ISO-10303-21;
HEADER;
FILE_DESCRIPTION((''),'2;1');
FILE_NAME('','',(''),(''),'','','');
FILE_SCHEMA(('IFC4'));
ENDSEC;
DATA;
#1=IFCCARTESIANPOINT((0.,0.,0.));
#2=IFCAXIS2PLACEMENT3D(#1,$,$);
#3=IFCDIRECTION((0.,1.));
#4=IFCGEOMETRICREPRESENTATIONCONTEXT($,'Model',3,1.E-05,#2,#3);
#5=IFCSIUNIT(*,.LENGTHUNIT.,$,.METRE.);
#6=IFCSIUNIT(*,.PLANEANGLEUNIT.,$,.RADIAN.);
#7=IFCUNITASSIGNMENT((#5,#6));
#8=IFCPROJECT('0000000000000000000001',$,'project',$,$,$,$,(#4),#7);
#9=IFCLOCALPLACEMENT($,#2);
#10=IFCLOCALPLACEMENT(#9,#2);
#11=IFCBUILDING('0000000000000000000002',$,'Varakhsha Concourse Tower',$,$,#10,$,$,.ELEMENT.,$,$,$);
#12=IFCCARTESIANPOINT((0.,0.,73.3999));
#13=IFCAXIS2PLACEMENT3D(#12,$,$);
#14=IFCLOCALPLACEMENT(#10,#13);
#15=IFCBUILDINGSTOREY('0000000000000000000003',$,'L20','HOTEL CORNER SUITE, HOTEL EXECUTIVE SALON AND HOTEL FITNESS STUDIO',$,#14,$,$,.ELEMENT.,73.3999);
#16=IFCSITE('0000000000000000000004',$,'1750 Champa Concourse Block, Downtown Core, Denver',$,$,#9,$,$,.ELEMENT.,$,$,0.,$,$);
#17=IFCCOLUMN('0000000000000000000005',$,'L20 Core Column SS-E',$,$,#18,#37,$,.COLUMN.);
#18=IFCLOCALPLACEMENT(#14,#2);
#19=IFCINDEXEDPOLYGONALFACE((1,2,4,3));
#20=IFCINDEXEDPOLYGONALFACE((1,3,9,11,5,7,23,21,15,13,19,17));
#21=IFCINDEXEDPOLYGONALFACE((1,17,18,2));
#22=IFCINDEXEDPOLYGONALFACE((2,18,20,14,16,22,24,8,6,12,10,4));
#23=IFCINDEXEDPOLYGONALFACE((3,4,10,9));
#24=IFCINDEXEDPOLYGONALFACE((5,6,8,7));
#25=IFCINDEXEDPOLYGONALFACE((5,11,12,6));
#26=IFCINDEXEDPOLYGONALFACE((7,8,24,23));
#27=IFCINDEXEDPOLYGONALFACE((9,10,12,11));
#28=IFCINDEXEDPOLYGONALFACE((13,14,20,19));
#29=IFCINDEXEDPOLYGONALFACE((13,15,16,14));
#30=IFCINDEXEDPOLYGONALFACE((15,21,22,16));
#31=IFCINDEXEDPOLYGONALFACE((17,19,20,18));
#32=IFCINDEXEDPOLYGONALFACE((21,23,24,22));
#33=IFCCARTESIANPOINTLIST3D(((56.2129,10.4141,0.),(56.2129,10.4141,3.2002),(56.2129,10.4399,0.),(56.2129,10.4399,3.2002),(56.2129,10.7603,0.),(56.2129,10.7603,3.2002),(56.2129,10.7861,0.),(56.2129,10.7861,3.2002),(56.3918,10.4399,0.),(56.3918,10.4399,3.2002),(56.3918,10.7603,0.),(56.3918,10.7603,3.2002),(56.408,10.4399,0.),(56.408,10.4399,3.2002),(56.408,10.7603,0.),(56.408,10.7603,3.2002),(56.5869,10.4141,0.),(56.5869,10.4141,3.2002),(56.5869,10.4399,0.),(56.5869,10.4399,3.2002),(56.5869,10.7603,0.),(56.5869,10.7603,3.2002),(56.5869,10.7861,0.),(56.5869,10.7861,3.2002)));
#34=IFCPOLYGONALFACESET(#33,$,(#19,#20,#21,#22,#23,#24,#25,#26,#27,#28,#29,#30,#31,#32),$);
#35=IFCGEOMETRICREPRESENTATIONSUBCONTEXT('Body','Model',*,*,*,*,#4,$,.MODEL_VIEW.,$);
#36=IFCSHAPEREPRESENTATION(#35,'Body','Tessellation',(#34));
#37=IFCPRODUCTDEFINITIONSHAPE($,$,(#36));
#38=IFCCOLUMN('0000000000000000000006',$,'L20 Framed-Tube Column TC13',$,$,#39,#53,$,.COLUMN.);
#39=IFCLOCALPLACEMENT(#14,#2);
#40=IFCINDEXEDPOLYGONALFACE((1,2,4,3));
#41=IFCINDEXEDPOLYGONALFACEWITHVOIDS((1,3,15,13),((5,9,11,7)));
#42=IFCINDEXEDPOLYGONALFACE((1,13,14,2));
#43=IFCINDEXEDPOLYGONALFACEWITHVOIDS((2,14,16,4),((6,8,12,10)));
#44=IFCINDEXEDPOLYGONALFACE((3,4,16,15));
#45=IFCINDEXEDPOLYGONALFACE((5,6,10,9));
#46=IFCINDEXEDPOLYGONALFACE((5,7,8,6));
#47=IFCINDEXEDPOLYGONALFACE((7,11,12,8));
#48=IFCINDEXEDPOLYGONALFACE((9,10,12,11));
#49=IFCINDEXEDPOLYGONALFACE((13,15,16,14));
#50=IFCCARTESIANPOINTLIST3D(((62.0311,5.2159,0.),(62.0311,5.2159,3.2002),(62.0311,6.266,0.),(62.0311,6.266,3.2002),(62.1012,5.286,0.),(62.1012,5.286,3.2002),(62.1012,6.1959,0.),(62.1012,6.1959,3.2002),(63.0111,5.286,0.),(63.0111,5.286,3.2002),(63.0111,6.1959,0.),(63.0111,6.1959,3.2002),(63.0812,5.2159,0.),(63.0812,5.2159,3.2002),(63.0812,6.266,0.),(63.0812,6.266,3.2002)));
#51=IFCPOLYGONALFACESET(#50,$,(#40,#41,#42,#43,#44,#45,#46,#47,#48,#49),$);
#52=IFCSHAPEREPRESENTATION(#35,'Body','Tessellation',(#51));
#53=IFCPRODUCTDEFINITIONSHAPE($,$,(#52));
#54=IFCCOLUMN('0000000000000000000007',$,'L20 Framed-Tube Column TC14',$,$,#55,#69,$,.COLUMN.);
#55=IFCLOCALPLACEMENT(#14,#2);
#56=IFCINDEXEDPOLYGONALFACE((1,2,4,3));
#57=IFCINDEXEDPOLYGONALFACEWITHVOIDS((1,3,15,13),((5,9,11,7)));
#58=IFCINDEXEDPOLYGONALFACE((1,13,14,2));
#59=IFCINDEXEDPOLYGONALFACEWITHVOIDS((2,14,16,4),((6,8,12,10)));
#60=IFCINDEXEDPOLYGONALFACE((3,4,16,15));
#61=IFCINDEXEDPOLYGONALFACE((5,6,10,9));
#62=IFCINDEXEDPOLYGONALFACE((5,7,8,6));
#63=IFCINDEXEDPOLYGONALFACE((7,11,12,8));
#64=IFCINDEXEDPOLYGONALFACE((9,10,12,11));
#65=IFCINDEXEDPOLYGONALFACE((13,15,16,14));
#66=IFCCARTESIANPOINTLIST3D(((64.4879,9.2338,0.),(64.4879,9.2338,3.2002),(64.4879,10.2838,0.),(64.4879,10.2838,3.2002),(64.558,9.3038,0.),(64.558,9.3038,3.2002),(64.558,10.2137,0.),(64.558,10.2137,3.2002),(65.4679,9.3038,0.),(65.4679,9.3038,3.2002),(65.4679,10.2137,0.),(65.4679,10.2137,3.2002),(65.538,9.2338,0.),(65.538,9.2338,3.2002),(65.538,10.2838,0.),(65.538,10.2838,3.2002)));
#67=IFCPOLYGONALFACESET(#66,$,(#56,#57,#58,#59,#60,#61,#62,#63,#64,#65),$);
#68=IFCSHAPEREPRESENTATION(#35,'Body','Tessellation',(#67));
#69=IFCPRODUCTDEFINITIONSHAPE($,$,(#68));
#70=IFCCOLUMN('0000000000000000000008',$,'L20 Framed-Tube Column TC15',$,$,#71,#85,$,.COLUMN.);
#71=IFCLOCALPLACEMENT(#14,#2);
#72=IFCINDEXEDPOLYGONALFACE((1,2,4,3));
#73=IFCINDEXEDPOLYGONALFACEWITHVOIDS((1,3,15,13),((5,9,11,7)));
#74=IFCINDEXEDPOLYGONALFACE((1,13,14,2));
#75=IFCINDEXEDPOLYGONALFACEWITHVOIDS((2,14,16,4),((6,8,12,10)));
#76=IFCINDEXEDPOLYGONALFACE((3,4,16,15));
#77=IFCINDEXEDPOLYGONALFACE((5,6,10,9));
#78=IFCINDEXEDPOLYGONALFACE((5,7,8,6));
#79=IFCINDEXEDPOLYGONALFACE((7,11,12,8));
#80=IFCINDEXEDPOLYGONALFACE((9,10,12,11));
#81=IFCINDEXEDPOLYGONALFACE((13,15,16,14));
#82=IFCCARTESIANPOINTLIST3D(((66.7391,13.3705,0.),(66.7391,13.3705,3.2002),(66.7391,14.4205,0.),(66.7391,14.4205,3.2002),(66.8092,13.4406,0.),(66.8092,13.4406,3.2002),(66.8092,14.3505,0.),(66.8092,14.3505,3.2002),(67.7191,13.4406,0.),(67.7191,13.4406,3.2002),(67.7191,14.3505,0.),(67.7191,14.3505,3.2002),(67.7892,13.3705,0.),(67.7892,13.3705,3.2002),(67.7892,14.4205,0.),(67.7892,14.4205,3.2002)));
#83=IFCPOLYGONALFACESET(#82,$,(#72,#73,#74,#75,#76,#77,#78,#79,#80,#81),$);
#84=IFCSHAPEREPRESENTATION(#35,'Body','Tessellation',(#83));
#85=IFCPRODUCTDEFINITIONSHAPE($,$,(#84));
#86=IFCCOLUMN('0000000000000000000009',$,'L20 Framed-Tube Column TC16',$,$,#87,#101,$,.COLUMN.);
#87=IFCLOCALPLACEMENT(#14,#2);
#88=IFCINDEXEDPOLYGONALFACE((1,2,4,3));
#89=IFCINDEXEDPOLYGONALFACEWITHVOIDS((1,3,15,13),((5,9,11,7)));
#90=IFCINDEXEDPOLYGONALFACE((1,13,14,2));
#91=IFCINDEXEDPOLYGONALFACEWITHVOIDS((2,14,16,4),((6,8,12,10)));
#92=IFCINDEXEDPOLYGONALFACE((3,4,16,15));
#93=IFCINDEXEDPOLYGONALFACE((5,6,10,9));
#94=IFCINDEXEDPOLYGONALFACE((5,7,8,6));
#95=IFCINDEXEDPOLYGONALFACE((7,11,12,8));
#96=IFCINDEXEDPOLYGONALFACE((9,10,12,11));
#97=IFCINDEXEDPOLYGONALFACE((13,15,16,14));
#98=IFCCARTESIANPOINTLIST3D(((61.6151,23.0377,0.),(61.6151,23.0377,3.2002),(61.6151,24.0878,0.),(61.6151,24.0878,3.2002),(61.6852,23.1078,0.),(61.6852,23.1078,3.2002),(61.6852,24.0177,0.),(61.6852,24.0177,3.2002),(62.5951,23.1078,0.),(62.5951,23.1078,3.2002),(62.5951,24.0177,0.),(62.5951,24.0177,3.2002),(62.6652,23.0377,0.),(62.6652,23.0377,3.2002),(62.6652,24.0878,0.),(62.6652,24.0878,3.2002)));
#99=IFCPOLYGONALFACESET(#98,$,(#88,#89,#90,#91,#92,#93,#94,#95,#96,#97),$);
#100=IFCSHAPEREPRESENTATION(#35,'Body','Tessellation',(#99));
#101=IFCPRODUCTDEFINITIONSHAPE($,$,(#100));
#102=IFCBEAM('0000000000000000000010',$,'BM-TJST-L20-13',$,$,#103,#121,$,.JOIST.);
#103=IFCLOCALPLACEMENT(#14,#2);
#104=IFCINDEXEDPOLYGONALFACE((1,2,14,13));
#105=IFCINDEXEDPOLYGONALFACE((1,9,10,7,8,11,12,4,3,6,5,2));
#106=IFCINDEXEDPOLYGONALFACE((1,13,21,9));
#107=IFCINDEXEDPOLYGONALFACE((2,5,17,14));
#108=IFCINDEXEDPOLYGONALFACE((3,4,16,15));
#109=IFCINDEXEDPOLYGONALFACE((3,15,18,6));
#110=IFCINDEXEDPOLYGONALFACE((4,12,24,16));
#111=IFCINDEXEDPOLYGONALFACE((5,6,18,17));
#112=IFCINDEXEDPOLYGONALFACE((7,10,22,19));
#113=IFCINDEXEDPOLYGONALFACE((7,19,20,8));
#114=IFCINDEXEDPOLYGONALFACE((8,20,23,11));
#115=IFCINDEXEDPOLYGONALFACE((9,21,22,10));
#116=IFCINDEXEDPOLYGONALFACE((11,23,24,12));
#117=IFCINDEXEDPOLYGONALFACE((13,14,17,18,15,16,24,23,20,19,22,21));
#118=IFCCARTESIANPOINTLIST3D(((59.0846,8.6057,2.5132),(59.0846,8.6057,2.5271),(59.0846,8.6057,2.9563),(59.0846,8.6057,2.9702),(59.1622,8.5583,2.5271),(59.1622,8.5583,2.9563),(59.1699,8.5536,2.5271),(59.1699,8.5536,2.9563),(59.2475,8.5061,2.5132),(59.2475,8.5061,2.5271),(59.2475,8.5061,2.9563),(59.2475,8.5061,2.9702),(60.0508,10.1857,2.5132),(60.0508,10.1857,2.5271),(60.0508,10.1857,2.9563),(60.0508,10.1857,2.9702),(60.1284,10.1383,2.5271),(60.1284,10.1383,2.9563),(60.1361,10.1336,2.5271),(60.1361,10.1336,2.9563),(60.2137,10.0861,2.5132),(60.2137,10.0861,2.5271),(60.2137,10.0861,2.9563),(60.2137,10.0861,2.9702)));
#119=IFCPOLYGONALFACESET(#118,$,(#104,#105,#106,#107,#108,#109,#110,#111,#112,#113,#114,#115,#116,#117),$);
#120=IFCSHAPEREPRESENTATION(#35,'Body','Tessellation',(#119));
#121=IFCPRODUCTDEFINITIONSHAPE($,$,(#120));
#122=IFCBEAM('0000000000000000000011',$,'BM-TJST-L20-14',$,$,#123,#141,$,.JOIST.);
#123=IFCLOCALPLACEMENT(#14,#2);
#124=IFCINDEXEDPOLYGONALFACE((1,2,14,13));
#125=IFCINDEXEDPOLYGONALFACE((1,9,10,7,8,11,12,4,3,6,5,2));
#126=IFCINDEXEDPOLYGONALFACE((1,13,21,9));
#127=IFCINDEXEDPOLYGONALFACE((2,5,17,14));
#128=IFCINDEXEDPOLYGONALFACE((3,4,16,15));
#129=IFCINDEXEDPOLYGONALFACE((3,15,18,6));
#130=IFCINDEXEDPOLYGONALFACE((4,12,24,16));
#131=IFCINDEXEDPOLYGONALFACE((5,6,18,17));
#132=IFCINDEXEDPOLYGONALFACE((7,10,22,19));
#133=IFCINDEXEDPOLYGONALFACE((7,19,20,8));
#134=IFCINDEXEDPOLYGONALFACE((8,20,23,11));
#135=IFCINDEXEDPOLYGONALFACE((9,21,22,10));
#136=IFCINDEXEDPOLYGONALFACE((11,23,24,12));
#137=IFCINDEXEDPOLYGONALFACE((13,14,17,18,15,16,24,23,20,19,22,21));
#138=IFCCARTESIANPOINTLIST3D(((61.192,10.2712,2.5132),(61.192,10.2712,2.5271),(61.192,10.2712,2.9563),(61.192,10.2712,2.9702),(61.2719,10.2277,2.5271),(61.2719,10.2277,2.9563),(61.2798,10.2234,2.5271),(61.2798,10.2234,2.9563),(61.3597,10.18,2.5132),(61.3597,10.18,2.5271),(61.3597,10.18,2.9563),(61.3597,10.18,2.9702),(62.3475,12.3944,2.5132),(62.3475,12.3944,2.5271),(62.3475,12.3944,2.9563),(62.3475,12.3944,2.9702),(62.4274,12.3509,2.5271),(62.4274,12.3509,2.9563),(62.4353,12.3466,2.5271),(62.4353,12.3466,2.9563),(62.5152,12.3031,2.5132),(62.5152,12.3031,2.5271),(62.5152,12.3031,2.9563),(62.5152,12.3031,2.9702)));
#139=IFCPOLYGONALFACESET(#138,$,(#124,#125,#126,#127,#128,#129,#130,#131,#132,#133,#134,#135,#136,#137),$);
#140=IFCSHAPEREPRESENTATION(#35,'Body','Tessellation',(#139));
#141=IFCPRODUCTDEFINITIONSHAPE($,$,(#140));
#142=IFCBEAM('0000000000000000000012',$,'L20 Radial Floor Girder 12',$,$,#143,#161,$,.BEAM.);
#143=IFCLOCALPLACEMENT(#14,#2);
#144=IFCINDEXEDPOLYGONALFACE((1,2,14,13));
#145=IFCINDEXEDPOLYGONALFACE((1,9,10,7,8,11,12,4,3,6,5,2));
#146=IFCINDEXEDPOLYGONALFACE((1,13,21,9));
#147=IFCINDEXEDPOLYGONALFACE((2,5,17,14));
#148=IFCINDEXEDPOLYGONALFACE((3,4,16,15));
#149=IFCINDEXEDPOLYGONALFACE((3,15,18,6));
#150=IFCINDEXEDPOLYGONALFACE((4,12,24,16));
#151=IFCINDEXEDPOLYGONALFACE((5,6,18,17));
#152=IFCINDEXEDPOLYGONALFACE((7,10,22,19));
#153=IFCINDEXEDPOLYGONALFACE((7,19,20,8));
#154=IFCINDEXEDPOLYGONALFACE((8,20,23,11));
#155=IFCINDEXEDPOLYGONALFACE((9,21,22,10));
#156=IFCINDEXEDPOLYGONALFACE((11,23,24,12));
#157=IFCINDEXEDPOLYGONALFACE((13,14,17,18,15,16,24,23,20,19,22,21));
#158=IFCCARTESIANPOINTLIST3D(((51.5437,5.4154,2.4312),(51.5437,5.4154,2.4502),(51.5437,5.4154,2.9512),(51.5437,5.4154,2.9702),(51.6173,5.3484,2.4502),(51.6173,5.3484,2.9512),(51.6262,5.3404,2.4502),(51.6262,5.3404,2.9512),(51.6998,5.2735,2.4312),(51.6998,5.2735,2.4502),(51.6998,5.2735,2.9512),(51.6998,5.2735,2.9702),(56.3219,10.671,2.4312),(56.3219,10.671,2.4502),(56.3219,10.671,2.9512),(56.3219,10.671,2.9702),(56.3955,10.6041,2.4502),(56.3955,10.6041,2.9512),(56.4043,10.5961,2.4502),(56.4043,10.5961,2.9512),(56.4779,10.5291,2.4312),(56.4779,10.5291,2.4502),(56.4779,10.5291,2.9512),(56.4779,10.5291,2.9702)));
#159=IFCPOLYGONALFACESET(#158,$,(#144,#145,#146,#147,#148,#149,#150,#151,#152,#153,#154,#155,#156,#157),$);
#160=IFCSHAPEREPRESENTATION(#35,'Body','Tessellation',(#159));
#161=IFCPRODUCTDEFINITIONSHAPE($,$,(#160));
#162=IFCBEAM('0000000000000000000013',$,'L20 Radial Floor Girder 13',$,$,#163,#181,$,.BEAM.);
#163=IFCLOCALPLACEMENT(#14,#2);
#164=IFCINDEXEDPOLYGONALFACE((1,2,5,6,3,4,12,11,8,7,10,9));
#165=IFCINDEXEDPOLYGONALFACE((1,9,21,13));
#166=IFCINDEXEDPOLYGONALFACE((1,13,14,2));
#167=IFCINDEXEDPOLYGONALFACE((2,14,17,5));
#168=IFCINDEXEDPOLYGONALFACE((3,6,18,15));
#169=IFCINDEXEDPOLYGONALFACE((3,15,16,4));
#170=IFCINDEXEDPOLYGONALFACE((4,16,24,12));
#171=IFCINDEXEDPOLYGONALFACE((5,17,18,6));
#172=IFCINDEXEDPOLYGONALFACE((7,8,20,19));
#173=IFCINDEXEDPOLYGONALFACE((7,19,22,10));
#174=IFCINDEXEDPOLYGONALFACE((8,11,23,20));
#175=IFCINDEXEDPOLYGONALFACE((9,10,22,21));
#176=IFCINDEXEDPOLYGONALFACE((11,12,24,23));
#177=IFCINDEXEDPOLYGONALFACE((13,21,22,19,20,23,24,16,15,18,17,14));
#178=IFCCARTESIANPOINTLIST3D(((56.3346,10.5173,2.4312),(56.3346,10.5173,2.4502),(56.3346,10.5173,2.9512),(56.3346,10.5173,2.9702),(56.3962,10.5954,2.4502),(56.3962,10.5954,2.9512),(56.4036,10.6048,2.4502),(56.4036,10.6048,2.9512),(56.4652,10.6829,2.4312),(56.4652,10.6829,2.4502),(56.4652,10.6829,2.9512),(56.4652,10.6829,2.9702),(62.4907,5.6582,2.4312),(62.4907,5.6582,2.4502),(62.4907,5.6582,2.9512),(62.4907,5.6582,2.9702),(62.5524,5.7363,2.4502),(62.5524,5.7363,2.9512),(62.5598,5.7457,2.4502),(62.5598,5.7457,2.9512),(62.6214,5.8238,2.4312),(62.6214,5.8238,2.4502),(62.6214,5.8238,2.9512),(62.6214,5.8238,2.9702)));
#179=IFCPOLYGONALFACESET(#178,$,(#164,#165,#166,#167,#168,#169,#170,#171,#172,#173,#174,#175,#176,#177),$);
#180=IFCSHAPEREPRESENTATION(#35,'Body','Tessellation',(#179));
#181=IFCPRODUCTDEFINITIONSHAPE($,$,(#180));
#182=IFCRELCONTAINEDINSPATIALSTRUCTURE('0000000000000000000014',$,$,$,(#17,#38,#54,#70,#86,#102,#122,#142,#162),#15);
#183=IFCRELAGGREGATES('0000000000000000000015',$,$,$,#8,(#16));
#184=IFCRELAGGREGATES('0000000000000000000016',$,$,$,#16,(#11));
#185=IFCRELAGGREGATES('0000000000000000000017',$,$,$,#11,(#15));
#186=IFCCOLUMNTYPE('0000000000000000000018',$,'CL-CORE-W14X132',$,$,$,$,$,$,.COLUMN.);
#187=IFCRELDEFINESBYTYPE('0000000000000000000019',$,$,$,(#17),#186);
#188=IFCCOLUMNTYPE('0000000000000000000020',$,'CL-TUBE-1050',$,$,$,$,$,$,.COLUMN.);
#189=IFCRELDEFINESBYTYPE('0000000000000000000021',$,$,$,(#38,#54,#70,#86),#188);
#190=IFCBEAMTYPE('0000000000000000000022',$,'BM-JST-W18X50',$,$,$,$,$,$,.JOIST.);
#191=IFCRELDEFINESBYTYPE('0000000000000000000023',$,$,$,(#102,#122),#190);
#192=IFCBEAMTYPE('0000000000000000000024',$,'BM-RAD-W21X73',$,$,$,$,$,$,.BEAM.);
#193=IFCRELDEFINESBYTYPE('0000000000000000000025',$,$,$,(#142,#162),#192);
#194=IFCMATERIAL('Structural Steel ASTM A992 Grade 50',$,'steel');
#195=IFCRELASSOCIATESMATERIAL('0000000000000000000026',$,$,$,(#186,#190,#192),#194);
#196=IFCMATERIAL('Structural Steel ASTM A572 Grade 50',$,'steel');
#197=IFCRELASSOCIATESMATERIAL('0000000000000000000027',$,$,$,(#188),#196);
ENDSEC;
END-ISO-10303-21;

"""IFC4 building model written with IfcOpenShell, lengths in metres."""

from ifc_helpers import new_model, si_unit, direction, frame, origin, origin_2d, place, context, subcontext, project, spatial, hollow_rectangle, i_section, extrude, material, material_profile, profile_set, type_object, element, save


model = new_model("IFC4")

# Units and contexts
model_context = context("Model", 3, precision=1e-05, world=origin(), true_north=direction((0.0, 1.0)))
body_context = subcontext(model_context, "Body", "Model", "MODEL_VIEW")
ifc_project = project(units=[si_unit("LENGTHUNIT", "METRE"), si_unit("PLANEANGLEUNIT", "RADIAN")], contexts=[model_context])

# Site, building, storey
site_placement = place(None, origin())
site = spatial("IfcSite", under=ifc_project, at=site_placement, Name="1750 Champa Concourse Block, Downtown Core, Denver", CompositionType="ELEMENT", RefElevation=0.0)
building_placement = place(site_placement, origin())
building = spatial("IfcBuilding", under=site, at=building_placement, Name="Varakhsha Concourse Tower", CompositionType="ELEMENT")
storey_placement = place(building_placement, frame((0.0, 0.0, 73.3999)))
storey = spatial("IfcBuildingStorey", under=building, at=storey_placement, Name="L20", Description="HOTEL CORNER SUITE, HOTEL EXECUTIVE SALON AND HOTEL FITNESS STUDIO", CompositionType="ELEMENT", Elevation=73.3999)

# Columns
ifc_material_1 = material(Name="Structural Steel ASTM A992 Grade 50", Category="steel")
ifc_material_profile_1 = material_profile(ifc_material_1, i_section(OverallWidth=0.374, OverallDepth=0.3721, WebThickness=0.0161, FlangeThickness=0.0259, at=origin_2d()), Name="W14X132")
ifc_profile_set_1 = profile_set([ifc_material_profile_1], Name="Structural Steel ASTM A992 Grade 50")
column_type_1 = type_object("IfcColumnType", Name="CL-CORE-W14X132", PredefinedType="COLUMN", material=ifc_profile_set_1)
column_placement = place(storey_placement, frame((56.3999, 10.6001, 0.0), z_axis=(0.0, 0.0, 1.0), x_axis=(1.0, 0.0, 0.0)))
element("IfcColumn", 1, at=column_placement, inside=storey, type_object=column_type_1, Name="L20 Core Column SS-E", PredefinedType="COLUMN", context=body_context, shape_type="SweptSolid", body=[
    extrude(i_section(OverallWidth=0.374, OverallDepth=0.3721, WebThickness=0.0161, FlangeThickness=0.0259, at=origin_2d()), origin(), (0.0, 0.0, 1.0), 3.2002),
])
ifc_material_2 = material(Name="Structural Steel ASTM A572 Grade 50", Category="steel")
ifc_material_profile_2 = material_profile(ifc_material_2, hollow_rectangle(XDim=1.05, YDim=1.05, WallThickness=0.0701, at=origin_2d()), Name="BOX 1050x1050x70")
ifc_profile_set_2 = profile_set([ifc_material_profile_2], Name="Structural Steel ASTM A572 Grade 50")
column_type_2 = type_object("IfcColumnType", Name="CL-TUBE-1050", PredefinedType="COLUMN", material=ifc_profile_set_2)
for number, where, z_axis, x_axis, name in (
    (2, (62.5562, 5.741, 0.0), (0.0, 0.0, 1.0), (1.0, 0.0, 0.0), "L20 Framed-Tube Column TC13"),
    (3, (65.0129, 9.7588, 0.0), (0.0, 0.0, 1.0), (1.0, 0.0, 0.0), "L20 Framed-Tube Column TC14"),
    (4, (67.2642, 13.8955, 0.0), (0.0, 0.0, 1.0), (1.0, 0.0, 0.0), "L20 Framed-Tube Column TC15"),
    (5, (62.1401, 23.5627, 0.0), (0.0, 0.0, 1.0), (1.0, 0.0, 0.0), "L20 Framed-Tube Column TC16"),
):
    element("IfcColumn", number, at=place(storey_placement, frame(where, z_axis=z_axis, x_axis=x_axis)), inside=storey, type_object=column_type_2, Name=name, PredefinedType="COLUMN", context=body_context, shape_type="SweptSolid", body=[
        extrude(hollow_rectangle(XDim=1.05, YDim=1.05, WallThickness=0.0701, at=origin_2d()), origin(), (0.0, 0.0, 1.0), 3.2002),
    ])

# Beams
ifc_material_profile_3 = material_profile(ifc_material_1, i_section(OverallWidth=0.1909, OverallDepth=0.457, WebThickness=0.009, FlangeThickness=0.0139, at=origin_2d()), Name="W18X50")
ifc_profile_set_3 = profile_set([ifc_material_profile_3], Name="Structural Steel ASTM A992 Grade 50")
beam_type_1 = type_object("IfcBeamType", Name="BM-JST-W18X50", PredefinedType="JOIST", material=ifc_profile_set_3)
beam_1_placement = place(storey_placement, frame((59.166, 8.5559, 2.7417), z_axis=(0.521727, 0.853112, 0.0), x_axis=(-0.853112, 0.521727, 0.0)))
element("IfcBeam", 6, at=beam_1_placement, inside=storey, type_object=beam_type_1, Name="BM-TJST-L20-13", PredefinedType="JOIST", context=body_context, shape_type="SweptSolid", body=[
    extrude(i_section(OverallWidth=0.1909, OverallDepth=0.457, WebThickness=0.009, FlangeThickness=0.0139, at=origin_2d()), origin(), (0.0, 0.0, 1.0), 1.8521),
])
beam_2_placement = place(storey_placement, frame((61.2759, 10.2256, 2.7417), z_axis=(0.47801, 0.878354, 0.0), x_axis=(-0.878354, 0.47801, 0.0)))
element("IfcBeam", 7, at=beam_2_placement, inside=storey, type_object=beam_type_1, Name="BM-TJST-L20-14", PredefinedType="JOIST", context=body_context, shape_type="SweptSolid", body=[
    extrude(i_section(OverallWidth=0.1909, OverallDepth=0.457, WebThickness=0.009, FlangeThickness=0.0139, at=origin_2d()), origin(), (0.0, 0.0, 1.0), 2.4172),
])
ifc_material_profile_4 = material_profile(ifc_material_1, i_section(OverallWidth=0.2109, OverallDepth=0.5391, WebThickness=0.012, FlangeThickness=0.019, at=origin_2d()), Name="W21X73")
ifc_profile_set_4 = profile_set([ifc_material_profile_4], Name="Structural Steel ASTM A992 Grade 50")
beam_type_2 = type_object("IfcBeamType", Name="BM-RAD-W21X73", PredefinedType="BEAM", material=ifc_profile_set_4)
beam_3_placement = place(storey_placement, frame((56.3999, 10.6001, 2.7007), z_axis=(-0.672692, -0.739923, 0.0), x_axis=(0.739923, -0.672692, 0.0)))
element("IfcBeam", 8, at=beam_3_placement, inside=storey, type_object=beam_type_2, Name="L20 Radial Floor Girder 12", PredefinedType="BEAM", context=body_context, shape_type="SweptSolid", body=[
    extrude(i_section(OverallWidth=0.2109, OverallDepth=0.5391, WebThickness=0.012, FlangeThickness=0.019, at=origin_2d()), origin(), (0.0, 0.0, 1.0), 7.103),
])
beam_4_placement = place(storey_placement, frame((56.3999, 10.6001, 2.7007), z_axis=(0.784949, -0.619561, 0.0), x_axis=(0.619561, 0.784949, 0.0)))
element("IfcBeam", 9, at=beam_4_placement, inside=storey, type_object=beam_type_2, Name="L20 Radial Floor Girder 13", PredefinedType="BEAM", context=body_context, shape_type="SweptSolid", body=[
    extrude(i_section(OverallWidth=0.2109, OverallDepth=0.5391, WebThickness=0.012, FlangeThickness=0.019, at=origin_2d()), origin(), (0.0, 0.0, 1.0), 7.8428),
])

save(model, "model.ifc")
